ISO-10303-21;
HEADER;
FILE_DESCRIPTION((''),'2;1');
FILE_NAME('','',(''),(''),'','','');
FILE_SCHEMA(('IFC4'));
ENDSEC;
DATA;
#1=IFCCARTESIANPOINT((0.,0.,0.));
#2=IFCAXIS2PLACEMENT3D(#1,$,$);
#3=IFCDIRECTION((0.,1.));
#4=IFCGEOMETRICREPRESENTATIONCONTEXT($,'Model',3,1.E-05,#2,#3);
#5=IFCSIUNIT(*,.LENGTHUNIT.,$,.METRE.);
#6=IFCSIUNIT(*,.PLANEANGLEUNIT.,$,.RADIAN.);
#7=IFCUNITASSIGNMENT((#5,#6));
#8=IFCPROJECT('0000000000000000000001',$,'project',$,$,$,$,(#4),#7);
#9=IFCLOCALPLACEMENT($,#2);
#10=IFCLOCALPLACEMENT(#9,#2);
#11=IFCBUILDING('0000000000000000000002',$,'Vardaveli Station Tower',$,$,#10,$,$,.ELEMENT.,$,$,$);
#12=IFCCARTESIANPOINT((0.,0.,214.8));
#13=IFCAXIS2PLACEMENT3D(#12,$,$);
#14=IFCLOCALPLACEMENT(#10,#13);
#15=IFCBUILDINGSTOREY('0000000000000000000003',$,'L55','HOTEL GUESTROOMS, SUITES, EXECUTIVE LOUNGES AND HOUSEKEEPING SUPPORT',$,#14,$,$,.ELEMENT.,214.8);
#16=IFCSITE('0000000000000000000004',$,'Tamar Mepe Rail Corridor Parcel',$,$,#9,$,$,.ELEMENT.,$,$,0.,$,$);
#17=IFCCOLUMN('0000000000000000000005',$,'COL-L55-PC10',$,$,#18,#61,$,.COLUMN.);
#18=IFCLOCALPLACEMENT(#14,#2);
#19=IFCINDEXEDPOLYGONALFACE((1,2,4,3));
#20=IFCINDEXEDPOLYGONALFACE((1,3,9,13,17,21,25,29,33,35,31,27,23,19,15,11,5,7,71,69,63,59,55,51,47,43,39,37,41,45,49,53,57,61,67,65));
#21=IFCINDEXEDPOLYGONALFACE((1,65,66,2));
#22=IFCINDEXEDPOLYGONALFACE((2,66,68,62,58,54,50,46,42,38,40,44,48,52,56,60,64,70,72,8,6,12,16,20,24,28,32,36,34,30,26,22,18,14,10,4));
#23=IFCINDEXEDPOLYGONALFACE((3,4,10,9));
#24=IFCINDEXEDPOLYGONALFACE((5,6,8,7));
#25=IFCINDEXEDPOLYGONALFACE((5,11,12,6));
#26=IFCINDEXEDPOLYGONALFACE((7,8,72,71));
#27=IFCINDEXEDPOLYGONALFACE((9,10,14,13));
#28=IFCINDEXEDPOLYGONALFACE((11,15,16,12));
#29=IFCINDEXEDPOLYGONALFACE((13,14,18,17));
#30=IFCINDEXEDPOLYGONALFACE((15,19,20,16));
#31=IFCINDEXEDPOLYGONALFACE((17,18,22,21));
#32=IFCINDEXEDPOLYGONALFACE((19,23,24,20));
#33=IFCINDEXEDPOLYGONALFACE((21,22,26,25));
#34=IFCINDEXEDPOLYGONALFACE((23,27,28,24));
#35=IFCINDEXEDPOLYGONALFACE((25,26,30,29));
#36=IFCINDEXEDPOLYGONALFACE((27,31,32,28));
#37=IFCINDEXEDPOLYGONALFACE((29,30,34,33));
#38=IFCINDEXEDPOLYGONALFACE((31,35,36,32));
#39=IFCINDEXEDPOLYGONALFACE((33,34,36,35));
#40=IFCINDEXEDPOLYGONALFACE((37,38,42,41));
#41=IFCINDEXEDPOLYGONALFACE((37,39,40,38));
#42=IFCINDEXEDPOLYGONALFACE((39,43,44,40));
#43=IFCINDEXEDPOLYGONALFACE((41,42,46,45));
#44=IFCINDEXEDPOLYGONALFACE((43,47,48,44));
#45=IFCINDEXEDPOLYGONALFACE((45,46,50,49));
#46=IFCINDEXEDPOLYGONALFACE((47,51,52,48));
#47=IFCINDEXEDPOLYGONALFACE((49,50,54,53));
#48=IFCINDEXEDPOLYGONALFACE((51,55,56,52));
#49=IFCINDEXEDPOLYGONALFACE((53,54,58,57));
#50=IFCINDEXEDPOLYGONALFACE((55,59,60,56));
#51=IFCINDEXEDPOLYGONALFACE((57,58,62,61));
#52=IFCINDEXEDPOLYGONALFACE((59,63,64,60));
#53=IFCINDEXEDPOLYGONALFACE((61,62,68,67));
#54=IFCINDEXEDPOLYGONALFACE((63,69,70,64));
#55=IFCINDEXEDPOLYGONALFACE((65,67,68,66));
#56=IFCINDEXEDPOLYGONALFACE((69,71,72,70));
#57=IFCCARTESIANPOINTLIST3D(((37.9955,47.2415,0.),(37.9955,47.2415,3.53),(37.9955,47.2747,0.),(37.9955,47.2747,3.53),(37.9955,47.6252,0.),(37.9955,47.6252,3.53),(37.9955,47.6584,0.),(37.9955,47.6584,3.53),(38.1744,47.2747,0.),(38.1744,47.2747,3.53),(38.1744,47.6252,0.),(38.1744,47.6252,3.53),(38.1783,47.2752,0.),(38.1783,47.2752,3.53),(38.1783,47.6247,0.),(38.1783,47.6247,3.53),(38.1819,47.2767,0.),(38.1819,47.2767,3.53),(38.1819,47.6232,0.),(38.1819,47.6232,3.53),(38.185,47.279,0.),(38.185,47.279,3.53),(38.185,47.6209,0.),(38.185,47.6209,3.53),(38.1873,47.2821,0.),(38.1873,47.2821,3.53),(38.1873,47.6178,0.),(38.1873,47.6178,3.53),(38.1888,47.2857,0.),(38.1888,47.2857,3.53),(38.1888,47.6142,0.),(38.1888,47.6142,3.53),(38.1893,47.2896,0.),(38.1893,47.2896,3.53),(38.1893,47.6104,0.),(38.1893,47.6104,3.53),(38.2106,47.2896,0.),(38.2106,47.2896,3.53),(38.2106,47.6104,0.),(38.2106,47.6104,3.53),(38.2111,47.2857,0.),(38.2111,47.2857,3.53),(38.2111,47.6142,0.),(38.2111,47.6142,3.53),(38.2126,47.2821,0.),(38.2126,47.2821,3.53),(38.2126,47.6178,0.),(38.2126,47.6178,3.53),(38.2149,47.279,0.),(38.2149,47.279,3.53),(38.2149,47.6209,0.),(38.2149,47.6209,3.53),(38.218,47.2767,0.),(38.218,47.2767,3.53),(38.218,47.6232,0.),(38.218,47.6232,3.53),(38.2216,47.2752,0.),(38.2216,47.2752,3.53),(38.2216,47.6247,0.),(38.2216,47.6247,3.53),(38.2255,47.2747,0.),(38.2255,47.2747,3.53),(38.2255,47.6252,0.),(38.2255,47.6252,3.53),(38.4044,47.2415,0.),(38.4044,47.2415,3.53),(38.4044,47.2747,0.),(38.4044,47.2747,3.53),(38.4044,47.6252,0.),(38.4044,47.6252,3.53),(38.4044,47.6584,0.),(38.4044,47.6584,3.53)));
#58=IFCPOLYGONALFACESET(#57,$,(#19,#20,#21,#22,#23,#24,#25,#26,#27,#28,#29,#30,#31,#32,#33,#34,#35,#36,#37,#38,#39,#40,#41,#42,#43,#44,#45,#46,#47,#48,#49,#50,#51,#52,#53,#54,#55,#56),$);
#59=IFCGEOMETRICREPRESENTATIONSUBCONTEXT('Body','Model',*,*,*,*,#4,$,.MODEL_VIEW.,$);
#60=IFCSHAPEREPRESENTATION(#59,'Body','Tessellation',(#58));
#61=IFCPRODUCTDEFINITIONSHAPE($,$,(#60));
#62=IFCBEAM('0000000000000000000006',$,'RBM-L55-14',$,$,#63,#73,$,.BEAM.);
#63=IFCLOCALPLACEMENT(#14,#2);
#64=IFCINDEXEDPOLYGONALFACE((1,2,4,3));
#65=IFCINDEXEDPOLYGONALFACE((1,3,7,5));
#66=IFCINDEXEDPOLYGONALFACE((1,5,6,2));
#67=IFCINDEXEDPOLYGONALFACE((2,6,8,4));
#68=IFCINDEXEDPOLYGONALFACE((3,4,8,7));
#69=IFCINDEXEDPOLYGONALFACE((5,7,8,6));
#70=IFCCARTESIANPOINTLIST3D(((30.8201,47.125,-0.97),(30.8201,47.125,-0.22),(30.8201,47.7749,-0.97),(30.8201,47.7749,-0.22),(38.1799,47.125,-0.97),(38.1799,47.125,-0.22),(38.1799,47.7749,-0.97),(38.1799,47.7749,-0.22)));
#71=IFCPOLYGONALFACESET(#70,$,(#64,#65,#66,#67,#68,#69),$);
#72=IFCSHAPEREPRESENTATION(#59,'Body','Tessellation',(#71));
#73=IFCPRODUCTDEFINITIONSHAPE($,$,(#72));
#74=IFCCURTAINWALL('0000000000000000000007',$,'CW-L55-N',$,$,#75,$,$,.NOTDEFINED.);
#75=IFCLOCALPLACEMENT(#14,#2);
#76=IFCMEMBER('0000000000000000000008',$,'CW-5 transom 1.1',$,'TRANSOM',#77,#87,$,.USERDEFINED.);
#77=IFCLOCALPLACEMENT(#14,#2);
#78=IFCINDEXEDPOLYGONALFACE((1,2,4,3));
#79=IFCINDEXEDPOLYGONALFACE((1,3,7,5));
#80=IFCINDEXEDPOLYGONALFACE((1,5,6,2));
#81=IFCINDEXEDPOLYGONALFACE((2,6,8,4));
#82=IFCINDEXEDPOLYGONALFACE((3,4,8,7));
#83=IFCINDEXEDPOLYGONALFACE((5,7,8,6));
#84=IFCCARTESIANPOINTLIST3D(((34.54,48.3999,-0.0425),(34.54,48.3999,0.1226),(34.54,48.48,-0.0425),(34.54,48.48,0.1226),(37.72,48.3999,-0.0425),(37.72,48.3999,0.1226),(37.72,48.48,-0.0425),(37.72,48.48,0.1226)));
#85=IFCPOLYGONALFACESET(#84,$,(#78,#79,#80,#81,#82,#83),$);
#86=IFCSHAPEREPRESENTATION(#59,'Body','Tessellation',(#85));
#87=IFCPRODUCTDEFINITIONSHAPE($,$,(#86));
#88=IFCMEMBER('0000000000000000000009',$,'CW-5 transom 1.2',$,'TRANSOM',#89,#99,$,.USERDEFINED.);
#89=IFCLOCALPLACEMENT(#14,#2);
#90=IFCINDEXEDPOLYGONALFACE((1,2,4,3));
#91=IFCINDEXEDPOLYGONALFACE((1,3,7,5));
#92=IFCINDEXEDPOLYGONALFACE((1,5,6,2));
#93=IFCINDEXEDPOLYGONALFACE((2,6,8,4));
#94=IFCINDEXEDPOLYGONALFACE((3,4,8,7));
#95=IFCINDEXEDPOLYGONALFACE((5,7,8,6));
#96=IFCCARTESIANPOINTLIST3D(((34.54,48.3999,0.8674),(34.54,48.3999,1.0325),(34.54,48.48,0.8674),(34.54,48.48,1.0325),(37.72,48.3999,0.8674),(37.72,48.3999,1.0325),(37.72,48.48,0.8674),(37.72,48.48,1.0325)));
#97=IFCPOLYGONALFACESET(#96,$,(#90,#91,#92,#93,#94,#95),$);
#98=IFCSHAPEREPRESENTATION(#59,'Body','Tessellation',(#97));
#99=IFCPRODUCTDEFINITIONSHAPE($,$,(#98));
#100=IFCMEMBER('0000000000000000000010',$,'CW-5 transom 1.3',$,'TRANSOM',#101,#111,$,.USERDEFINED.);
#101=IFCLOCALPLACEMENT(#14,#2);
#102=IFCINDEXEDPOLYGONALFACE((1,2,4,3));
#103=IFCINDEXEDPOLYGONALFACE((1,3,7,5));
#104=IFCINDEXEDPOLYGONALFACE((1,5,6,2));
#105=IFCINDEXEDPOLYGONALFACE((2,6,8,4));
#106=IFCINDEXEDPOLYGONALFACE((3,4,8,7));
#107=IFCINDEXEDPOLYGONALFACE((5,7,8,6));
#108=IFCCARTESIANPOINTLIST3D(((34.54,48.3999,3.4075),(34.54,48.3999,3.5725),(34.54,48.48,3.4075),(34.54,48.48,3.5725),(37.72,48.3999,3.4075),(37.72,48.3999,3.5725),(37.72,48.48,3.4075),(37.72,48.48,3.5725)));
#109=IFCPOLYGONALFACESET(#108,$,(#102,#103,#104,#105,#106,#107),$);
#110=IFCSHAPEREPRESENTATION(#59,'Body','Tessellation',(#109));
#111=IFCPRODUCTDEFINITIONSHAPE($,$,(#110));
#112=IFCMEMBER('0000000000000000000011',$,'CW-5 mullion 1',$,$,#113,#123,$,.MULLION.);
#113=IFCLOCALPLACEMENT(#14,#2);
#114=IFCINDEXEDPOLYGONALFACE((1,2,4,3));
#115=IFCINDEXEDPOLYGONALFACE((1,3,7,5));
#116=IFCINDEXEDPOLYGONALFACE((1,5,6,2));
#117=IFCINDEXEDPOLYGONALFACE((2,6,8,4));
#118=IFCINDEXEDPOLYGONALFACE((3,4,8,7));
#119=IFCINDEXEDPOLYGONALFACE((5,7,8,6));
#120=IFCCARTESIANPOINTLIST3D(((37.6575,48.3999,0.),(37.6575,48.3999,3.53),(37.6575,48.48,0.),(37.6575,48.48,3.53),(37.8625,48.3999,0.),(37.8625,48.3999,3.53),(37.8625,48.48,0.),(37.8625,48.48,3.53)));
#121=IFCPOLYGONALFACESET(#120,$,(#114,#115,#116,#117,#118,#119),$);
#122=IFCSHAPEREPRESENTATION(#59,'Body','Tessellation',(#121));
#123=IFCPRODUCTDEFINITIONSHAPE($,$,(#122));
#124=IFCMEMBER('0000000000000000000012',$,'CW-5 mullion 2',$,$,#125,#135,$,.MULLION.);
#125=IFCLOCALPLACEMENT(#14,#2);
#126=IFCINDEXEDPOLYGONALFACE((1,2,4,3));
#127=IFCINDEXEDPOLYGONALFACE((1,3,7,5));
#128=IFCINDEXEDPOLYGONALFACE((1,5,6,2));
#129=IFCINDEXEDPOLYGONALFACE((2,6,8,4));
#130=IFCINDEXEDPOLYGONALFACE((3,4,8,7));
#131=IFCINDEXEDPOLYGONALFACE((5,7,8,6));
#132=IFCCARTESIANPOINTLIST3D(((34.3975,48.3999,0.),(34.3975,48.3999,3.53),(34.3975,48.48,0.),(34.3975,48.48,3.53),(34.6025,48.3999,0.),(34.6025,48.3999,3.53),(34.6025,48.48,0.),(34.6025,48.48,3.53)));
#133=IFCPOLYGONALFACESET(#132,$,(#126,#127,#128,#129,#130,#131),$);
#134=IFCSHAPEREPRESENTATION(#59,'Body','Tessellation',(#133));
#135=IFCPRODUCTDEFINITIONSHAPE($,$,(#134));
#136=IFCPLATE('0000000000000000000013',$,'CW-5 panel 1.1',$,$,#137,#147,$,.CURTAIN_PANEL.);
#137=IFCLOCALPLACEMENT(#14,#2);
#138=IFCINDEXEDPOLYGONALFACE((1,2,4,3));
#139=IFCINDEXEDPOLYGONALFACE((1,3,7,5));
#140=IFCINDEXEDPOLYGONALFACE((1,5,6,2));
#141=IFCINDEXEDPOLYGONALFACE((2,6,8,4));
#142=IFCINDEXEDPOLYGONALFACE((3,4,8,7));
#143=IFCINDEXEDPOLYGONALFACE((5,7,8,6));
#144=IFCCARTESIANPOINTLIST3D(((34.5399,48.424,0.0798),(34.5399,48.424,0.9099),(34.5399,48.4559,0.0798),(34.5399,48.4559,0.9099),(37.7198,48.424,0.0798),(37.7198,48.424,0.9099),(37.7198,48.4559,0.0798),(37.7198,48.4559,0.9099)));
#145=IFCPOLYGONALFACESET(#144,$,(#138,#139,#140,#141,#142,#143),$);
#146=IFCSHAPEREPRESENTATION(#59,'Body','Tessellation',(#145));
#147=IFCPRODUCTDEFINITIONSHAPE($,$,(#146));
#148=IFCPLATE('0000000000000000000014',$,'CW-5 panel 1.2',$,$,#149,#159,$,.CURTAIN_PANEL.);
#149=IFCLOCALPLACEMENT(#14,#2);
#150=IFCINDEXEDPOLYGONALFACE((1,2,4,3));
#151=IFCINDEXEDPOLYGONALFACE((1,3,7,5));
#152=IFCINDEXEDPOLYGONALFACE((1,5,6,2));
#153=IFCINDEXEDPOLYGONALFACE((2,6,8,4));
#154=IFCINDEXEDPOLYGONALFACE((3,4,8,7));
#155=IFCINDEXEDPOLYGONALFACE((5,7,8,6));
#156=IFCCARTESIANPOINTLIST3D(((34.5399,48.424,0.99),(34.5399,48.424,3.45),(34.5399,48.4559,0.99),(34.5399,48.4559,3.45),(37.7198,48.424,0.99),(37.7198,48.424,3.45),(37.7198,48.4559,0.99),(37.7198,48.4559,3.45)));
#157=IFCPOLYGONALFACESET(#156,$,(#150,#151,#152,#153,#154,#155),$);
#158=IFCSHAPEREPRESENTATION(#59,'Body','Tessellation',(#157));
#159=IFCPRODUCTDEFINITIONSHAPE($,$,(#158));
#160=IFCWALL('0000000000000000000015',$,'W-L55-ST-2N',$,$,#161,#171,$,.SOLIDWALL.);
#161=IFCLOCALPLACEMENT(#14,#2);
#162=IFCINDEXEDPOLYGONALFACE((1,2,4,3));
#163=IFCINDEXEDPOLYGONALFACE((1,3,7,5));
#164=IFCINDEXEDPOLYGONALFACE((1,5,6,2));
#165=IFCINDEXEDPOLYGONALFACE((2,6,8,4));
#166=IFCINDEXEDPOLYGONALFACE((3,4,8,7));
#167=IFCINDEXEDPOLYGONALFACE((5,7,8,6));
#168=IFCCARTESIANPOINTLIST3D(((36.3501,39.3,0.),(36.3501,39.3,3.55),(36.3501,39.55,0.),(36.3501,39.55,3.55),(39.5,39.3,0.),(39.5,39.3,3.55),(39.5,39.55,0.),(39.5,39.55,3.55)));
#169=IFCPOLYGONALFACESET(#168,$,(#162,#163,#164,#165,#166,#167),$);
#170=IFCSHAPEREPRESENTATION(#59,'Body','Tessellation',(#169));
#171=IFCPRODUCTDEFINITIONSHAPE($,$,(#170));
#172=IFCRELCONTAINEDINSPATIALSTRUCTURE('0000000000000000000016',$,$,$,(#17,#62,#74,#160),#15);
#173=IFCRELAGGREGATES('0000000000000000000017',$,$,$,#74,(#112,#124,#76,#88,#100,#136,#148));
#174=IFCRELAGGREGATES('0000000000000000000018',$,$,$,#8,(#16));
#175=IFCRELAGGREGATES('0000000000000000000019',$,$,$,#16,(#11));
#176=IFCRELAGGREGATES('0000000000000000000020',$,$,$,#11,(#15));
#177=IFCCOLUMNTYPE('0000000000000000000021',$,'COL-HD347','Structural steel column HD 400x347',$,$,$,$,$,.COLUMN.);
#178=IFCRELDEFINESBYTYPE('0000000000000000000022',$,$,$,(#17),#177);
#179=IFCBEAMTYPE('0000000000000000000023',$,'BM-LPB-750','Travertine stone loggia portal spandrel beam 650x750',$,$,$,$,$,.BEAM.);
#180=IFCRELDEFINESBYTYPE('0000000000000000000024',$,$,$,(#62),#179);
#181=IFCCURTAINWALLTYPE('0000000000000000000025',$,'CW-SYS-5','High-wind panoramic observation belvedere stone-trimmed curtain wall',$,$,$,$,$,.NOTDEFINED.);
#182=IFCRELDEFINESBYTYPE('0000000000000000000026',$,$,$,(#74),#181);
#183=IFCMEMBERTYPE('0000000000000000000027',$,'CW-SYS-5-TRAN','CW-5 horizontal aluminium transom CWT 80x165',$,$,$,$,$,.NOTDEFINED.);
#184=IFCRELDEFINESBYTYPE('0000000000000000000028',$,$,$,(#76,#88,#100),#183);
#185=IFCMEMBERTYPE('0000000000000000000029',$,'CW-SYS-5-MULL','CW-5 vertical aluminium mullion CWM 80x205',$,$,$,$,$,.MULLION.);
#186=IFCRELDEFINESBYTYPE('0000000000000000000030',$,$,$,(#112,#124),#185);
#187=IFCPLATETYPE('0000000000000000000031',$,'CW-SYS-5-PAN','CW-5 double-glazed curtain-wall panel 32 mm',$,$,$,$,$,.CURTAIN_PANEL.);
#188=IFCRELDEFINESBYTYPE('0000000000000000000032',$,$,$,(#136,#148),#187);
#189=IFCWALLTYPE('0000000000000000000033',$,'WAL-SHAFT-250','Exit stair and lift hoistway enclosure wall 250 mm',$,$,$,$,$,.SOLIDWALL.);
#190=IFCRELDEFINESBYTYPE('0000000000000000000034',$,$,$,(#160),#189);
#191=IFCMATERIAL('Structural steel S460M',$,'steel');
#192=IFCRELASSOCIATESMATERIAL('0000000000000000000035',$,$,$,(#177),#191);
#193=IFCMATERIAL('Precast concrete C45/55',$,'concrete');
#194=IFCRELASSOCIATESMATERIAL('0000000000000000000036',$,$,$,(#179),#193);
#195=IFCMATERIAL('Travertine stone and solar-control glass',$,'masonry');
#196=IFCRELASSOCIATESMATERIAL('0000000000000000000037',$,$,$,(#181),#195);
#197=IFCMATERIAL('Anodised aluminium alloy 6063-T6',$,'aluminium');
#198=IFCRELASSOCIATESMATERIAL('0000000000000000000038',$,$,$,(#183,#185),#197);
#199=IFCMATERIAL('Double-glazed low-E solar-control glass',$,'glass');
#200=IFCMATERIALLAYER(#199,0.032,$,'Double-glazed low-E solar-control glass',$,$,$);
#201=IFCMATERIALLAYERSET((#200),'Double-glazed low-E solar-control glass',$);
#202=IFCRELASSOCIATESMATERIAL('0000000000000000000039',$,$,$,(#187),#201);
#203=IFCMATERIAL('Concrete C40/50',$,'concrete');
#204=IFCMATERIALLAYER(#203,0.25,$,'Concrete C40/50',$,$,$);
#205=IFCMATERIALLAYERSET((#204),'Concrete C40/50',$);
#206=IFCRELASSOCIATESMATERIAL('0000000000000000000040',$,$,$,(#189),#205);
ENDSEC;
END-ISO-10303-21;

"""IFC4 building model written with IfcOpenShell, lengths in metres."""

from ifc_helpers import new_model, si_unit, direction, frame, frame_2d, origin, origin_2d, place, context, subcontext, project, spatial, rectangle, i_section, extrude, source, transform, mapped, material, layer, layer_set, material_profile, profile_set, type_object, element, aggregate, save


model = new_model("IFC4")

# Units and contexts
model_context = context("Model", 3, precision=1e-05, world=origin(), true_north=direction((0.0, 1.0)))
body_context = subcontext(model_context, "Body", "Model", "MODEL_VIEW")
ifc_project = project(units=[si_unit("LENGTHUNIT", "METRE"), si_unit("PLANEANGLEUNIT", "RADIAN")], contexts=[model_context])

# Site, building, storey
site_placement = place(None, origin())
site = spatial("IfcSite", under=ifc_project, at=site_placement, Name="Tamar Mepe Rail Corridor Parcel", CompositionType="ELEMENT", RefElevation=0.0)
building_placement = place(site_placement, origin())
building = spatial("IfcBuilding", under=site, at=building_placement, Name="Vardaveli Station Tower", CompositionType="ELEMENT")
storey_placement = place(building_placement, frame((0.0, 0.0, 214.8)))
storey = spatial("IfcBuildingStorey", under=building, at=storey_placement, Name="L55", Description="HOTEL GUESTROOMS, SUITES, EXECUTIVE LOUNGES AND HOUSEKEEPING SUPPORT", CompositionType="ELEMENT", Elevation=214.8)

# Column
ifc_material_1 = material(Name="Structural steel S460M", Category="steel")
ifc_material_profile_1 = material_profile(ifc_material_1, i_section(OverallWidth=0.4089, OverallDepth=0.417, WebThickness=0.0212, FlangeThickness=0.0332, FilletRadius=0.0149, at=origin_2d()), Name="HD 400x347")
ifc_profile_set_1 = profile_set([ifc_material_profile_1], Name="Structural steel S460M")
column_type = type_object("IfcColumnType", Name="COL-HD347", Description="Structural steel column HD 400x347", PredefinedType="COLUMN", material=ifc_profile_set_1)
shared_shape_1 = source(origin(), body_context, "Body", "SweptSolid", [
    extrude(i_section(OverallWidth=0.4089, OverallDepth=0.417, WebThickness=0.0212, FlangeThickness=0.0332, FilletRadius=0.0149, at=origin_2d()), origin(), (0.0, 0.0, 1.0), 3.53),
])
column_placement = place(storey_placement, frame((38.2, 47.45, 0.0), z_axis=(0.0, 0.0, 1.0), x_axis=(1.0, 0.0, 0.0)))
element("IfcColumn", 1, at=column_placement, inside=storey, type_object=column_type, Name="COL-L55-PC10", PredefinedType="COLUMN", context=body_context, shape_type="MappedRepresentation", body=[
    mapped(shared_shape_1, transform((0.0, 0.0, 0.0), scale=1.0)),
])

# Beam
ifc_material_2 = material(Name="Precast concrete C45/55", Category="concrete")
ifc_material_profile_2 = material_profile(ifc_material_2, rectangle(XDim=0.6499, YDim=0.75, at=origin_2d()), Name="LPB 650x750")
ifc_profile_set_2 = profile_set([ifc_material_profile_2], Name="Precast concrete C45/55")
beam_type = type_object("IfcBeamType", Name="BM-LPB-750", Description="Travertine stone loggia portal spandrel beam 650x750", PredefinedType="BEAM", material=ifc_profile_set_2)
shared_shape_2 = source(origin(), body_context, "Body", "SweptSolid", [
    extrude(rectangle(XDim=0.6499, YDim=0.75, at=origin_2d()), origin(), (0.0, 0.0, 1.0), 7.3599),
])
beam_placement = place(storey_placement, frame((38.1799, 47.45, -0.595), z_axis=(-1.0, 0.0, 0.0), x_axis=(0.0, -1.0, 0.0)))
element("IfcBeam", 2, at=beam_placement, inside=storey, type_object=beam_type, Name="RBM-L55-14", PredefinedType="BEAM", context=body_context, shape_type="MappedRepresentation", body=[
    mapped(shared_shape_2, transform((0.0, 0.0, 0.0), scale=1.0)),
])

# Curtain wall, members, plates
ifc_material_3 = material(Name="Travertine stone and solar-control glass", Category="masonry")
curtain_wall_type = type_object("IfcCurtainWallType", Name="CW-SYS-5", Description="High-wind panoramic observation belvedere stone-trimmed curtain wall", PredefinedType="NOTDEFINED", material=ifc_material_3)
curtain_wall_placement = place(storey_placement, origin())
curtain_wall = element("IfcCurtainWall", 3, at=curtain_wall_placement, inside=storey, type_object=curtain_wall_type, Name="CW-L55-N", PredefinedType="NOTDEFINED")
ifc_material_4 = material(Name="Anodised aluminium alloy 6063-T6", Category="aluminium")
ifc_material_profile_3 = material_profile(ifc_material_4, rectangle(XDim=0.0801, YDim=0.165, at=origin_2d()), Name="CWT 80x165")
ifc_profile_set_3 = profile_set([ifc_material_profile_3], Name="Anodised aluminium alloy 6063-T6")
member_type_1 = type_object("IfcMemberType", Name="CW-SYS-5-TRAN", Description="CW-5 horizontal aluminium transom CWT 80x165", PredefinedType="NOTDEFINED", material=ifc_profile_set_3)
shared_shape_3 = source(origin(), body_context, "Body", "SweptSolid", [
    extrude(rectangle(XDim=0.0801, YDim=0.165, at=origin_2d()), origin(), (0.0, 0.0, 1.0), 3.1799),
])
member_1_placement = place(storey_placement, frame((37.72, 48.4399, 0.04), z_axis=(-1.0, 0.0, 0.0), x_axis=(0.0, -1.0, 0.0)))
member_1 = element("IfcMember", 4, at=member_1_placement, type_object=member_type_1, Name="CW-5 transom 1.1", ObjectType="TRANSOM", PredefinedType="USERDEFINED", context=body_context, shape_type="MappedRepresentation", body=[
    mapped(shared_shape_3, transform((0.0, 0.0, 0.0), scale=1.0)),
])
member_2_placement = place(storey_placement, frame((37.72, 48.4399, 0.95), z_axis=(-1.0, 0.0, 0.0), x_axis=(0.0, -1.0, 0.0)))
member_2 = element("IfcMember", 5, at=member_2_placement, type_object=member_type_1, Name="CW-5 transom 1.2", ObjectType="TRANSOM", PredefinedType="USERDEFINED", context=body_context, shape_type="MappedRepresentation", body=[
    mapped(shared_shape_3, transform((0.0, 0.0, 0.0), scale=1.0)),
])
member_3_placement = place(storey_placement, frame((37.72, 48.4399, 3.49), z_axis=(-1.0, 0.0, 0.0), x_axis=(0.0, -1.0, 0.0)))
member_3 = element("IfcMember", 6, at=member_3_placement, type_object=member_type_1, Name="CW-5 transom 1.3", ObjectType="TRANSOM", PredefinedType="USERDEFINED", context=body_context, shape_type="MappedRepresentation", body=[
    mapped(shared_shape_3, transform((0.0, 0.0, 0.0), scale=1.0)),
])
ifc_material_profile_4 = material_profile(ifc_material_4, rectangle(XDim=0.0801, YDim=0.2051, at=origin_2d()), Name="CWM 80x205")
ifc_profile_set_4 = profile_set([ifc_material_profile_4], Name="Anodised aluminium alloy 6063-T6")
member_type_2 = type_object("IfcMemberType", Name="CW-SYS-5-MULL", Description="CW-5 vertical aluminium mullion CWM 80x205", PredefinedType="MULLION", material=ifc_profile_set_4)
shared_shape_4 = source(origin(), body_context, "Body", "SweptSolid", [
    extrude(rectangle(XDim=0.0801, YDim=0.2051, at=origin_2d()), origin(), (0.0, 0.0, 1.0), 3.53),
])
member_4_placement = place(storey_placement, frame((37.76, 48.4399, 0.0), z_axis=(0.0, 0.0, 1.0), x_axis=(0.0, -1.0, 0.0)))
member_4 = element("IfcMember", 7, at=member_4_placement, type_object=member_type_2, Name="CW-5 mullion 1", PredefinedType="MULLION", context=body_context, shape_type="MappedRepresentation", body=[
    mapped(shared_shape_4, transform((0.0, 0.0, 0.0), scale=1.0)),
])
member_5_placement = place(storey_placement, frame((34.5, 48.4399, 0.0), z_axis=(0.0, 0.0, 1.0), x_axis=(0.0, -1.0, 0.0)))
member_5 = element("IfcMember", 8, at=member_5_placement, type_object=member_type_2, Name="CW-5 mullion 2", PredefinedType="MULLION", context=body_context, shape_type="MappedRepresentation", body=[
    mapped(shared_shape_4, transform((0.0, 0.0, 0.0), scale=1.0)),
])
ifc_material_5 = material(Name="Double-glazed low-E solar-control glass", Category="glass")
ifc_layer_1 = layer(ifc_material_5, 0.032, Name="Double-glazed low-E solar-control glass")
ifc_layer_set_1 = layer_set([ifc_layer_1], Name="Double-glazed low-E solar-control glass")
plate_type = type_object("IfcPlateType", Name="CW-SYS-5-PAN", Description="CW-5 double-glazed curtain-wall panel 32 mm", PredefinedType="CURTAIN_PANEL", material=ifc_layer_set_1)
shared_shape_5 = source(origin(), body_context, "Body", "SweptSolid", [
    extrude(rectangle(XDim=3.1799, YDim=0.032, at=origin_2d()), origin(), (0.0, 0.0, 1.0), 0.8301),
])
plate_1_placement = place(storey_placement, frame((36.1299, 48.4399, 0.0798), z_axis=(0.0, 0.0, 1.0), x_axis=(-1.0, 0.0, 0.0)))
plate_1 = element("IfcPlate", 9, at=plate_1_placement, type_object=plate_type, Name="CW-5 panel 1.1", PredefinedType="CURTAIN_PANEL", context=body_context, shape_type="MappedRepresentation", body=[
    mapped(shared_shape_5, transform((0.0, 0.0, 0.0), scale=1.0)),
])
shared_shape_6 = source(origin(), body_context, "Body", "SweptSolid", [
    extrude(rectangle(XDim=3.1799, YDim=0.032, at=origin_2d()), origin(), (0.0, 0.0, 1.0), 2.46),
])
plate_2_placement = place(storey_placement, frame((36.1299, 48.4399, 0.99), z_axis=(0.0, 0.0, 1.0), x_axis=(-1.0, 0.0, 0.0)))
plate_2 = element("IfcPlate", 10, at=plate_2_placement, type_object=plate_type, Name="CW-5 panel 1.2", PredefinedType="CURTAIN_PANEL", context=body_context, shape_type="MappedRepresentation", body=[
    mapped(shared_shape_6, transform((0.0, 0.0, 0.0), scale=1.0)),
])
aggregate(curtain_wall, [member_4, member_5, member_1, member_2, member_3, plate_1, plate_2])

# Wall
ifc_material_6 = material(Name="Concrete C40/50", Category="concrete")
ifc_layer_2 = layer(ifc_material_6, 0.25, Name="Concrete C40/50")
ifc_layer_set_2 = layer_set([ifc_layer_2], Name="Concrete C40/50")
wall_type_1 = type_object("IfcWallType", Name="WAL-SHAFT-250", Description="Exit stair and lift hoistway enclosure wall 250 mm", PredefinedType="SOLIDWALL", material=ifc_layer_set_2)
shared_shape_7 = source(origin(), body_context, "Body", "SweptSolid", [
    extrude(rectangle(XDim=3.1499, YDim=0.25, at=frame_2d((1.575, 0.0))), origin(), (0.0, 0.0, 1.0), 3.55),
])
wall_1_placement = place(storey_placement, frame((36.3501, 39.425, 0.0), z_axis=(0.0, 0.0, 1.0), x_axis=(1.0, 0.0, 0.0)))
element("IfcWall", 11, at=wall_1_placement, inside=storey, type_object=wall_type_1, Name="W-L55-ST-2N", PredefinedType="SOLIDWALL", context=body_context, shape_type="MappedRepresentation", body=[
    mapped(shared_shape_7, transform((0.0, 0.0, 0.0), scale=1.0)),
])

save(model, "model.ifc")
